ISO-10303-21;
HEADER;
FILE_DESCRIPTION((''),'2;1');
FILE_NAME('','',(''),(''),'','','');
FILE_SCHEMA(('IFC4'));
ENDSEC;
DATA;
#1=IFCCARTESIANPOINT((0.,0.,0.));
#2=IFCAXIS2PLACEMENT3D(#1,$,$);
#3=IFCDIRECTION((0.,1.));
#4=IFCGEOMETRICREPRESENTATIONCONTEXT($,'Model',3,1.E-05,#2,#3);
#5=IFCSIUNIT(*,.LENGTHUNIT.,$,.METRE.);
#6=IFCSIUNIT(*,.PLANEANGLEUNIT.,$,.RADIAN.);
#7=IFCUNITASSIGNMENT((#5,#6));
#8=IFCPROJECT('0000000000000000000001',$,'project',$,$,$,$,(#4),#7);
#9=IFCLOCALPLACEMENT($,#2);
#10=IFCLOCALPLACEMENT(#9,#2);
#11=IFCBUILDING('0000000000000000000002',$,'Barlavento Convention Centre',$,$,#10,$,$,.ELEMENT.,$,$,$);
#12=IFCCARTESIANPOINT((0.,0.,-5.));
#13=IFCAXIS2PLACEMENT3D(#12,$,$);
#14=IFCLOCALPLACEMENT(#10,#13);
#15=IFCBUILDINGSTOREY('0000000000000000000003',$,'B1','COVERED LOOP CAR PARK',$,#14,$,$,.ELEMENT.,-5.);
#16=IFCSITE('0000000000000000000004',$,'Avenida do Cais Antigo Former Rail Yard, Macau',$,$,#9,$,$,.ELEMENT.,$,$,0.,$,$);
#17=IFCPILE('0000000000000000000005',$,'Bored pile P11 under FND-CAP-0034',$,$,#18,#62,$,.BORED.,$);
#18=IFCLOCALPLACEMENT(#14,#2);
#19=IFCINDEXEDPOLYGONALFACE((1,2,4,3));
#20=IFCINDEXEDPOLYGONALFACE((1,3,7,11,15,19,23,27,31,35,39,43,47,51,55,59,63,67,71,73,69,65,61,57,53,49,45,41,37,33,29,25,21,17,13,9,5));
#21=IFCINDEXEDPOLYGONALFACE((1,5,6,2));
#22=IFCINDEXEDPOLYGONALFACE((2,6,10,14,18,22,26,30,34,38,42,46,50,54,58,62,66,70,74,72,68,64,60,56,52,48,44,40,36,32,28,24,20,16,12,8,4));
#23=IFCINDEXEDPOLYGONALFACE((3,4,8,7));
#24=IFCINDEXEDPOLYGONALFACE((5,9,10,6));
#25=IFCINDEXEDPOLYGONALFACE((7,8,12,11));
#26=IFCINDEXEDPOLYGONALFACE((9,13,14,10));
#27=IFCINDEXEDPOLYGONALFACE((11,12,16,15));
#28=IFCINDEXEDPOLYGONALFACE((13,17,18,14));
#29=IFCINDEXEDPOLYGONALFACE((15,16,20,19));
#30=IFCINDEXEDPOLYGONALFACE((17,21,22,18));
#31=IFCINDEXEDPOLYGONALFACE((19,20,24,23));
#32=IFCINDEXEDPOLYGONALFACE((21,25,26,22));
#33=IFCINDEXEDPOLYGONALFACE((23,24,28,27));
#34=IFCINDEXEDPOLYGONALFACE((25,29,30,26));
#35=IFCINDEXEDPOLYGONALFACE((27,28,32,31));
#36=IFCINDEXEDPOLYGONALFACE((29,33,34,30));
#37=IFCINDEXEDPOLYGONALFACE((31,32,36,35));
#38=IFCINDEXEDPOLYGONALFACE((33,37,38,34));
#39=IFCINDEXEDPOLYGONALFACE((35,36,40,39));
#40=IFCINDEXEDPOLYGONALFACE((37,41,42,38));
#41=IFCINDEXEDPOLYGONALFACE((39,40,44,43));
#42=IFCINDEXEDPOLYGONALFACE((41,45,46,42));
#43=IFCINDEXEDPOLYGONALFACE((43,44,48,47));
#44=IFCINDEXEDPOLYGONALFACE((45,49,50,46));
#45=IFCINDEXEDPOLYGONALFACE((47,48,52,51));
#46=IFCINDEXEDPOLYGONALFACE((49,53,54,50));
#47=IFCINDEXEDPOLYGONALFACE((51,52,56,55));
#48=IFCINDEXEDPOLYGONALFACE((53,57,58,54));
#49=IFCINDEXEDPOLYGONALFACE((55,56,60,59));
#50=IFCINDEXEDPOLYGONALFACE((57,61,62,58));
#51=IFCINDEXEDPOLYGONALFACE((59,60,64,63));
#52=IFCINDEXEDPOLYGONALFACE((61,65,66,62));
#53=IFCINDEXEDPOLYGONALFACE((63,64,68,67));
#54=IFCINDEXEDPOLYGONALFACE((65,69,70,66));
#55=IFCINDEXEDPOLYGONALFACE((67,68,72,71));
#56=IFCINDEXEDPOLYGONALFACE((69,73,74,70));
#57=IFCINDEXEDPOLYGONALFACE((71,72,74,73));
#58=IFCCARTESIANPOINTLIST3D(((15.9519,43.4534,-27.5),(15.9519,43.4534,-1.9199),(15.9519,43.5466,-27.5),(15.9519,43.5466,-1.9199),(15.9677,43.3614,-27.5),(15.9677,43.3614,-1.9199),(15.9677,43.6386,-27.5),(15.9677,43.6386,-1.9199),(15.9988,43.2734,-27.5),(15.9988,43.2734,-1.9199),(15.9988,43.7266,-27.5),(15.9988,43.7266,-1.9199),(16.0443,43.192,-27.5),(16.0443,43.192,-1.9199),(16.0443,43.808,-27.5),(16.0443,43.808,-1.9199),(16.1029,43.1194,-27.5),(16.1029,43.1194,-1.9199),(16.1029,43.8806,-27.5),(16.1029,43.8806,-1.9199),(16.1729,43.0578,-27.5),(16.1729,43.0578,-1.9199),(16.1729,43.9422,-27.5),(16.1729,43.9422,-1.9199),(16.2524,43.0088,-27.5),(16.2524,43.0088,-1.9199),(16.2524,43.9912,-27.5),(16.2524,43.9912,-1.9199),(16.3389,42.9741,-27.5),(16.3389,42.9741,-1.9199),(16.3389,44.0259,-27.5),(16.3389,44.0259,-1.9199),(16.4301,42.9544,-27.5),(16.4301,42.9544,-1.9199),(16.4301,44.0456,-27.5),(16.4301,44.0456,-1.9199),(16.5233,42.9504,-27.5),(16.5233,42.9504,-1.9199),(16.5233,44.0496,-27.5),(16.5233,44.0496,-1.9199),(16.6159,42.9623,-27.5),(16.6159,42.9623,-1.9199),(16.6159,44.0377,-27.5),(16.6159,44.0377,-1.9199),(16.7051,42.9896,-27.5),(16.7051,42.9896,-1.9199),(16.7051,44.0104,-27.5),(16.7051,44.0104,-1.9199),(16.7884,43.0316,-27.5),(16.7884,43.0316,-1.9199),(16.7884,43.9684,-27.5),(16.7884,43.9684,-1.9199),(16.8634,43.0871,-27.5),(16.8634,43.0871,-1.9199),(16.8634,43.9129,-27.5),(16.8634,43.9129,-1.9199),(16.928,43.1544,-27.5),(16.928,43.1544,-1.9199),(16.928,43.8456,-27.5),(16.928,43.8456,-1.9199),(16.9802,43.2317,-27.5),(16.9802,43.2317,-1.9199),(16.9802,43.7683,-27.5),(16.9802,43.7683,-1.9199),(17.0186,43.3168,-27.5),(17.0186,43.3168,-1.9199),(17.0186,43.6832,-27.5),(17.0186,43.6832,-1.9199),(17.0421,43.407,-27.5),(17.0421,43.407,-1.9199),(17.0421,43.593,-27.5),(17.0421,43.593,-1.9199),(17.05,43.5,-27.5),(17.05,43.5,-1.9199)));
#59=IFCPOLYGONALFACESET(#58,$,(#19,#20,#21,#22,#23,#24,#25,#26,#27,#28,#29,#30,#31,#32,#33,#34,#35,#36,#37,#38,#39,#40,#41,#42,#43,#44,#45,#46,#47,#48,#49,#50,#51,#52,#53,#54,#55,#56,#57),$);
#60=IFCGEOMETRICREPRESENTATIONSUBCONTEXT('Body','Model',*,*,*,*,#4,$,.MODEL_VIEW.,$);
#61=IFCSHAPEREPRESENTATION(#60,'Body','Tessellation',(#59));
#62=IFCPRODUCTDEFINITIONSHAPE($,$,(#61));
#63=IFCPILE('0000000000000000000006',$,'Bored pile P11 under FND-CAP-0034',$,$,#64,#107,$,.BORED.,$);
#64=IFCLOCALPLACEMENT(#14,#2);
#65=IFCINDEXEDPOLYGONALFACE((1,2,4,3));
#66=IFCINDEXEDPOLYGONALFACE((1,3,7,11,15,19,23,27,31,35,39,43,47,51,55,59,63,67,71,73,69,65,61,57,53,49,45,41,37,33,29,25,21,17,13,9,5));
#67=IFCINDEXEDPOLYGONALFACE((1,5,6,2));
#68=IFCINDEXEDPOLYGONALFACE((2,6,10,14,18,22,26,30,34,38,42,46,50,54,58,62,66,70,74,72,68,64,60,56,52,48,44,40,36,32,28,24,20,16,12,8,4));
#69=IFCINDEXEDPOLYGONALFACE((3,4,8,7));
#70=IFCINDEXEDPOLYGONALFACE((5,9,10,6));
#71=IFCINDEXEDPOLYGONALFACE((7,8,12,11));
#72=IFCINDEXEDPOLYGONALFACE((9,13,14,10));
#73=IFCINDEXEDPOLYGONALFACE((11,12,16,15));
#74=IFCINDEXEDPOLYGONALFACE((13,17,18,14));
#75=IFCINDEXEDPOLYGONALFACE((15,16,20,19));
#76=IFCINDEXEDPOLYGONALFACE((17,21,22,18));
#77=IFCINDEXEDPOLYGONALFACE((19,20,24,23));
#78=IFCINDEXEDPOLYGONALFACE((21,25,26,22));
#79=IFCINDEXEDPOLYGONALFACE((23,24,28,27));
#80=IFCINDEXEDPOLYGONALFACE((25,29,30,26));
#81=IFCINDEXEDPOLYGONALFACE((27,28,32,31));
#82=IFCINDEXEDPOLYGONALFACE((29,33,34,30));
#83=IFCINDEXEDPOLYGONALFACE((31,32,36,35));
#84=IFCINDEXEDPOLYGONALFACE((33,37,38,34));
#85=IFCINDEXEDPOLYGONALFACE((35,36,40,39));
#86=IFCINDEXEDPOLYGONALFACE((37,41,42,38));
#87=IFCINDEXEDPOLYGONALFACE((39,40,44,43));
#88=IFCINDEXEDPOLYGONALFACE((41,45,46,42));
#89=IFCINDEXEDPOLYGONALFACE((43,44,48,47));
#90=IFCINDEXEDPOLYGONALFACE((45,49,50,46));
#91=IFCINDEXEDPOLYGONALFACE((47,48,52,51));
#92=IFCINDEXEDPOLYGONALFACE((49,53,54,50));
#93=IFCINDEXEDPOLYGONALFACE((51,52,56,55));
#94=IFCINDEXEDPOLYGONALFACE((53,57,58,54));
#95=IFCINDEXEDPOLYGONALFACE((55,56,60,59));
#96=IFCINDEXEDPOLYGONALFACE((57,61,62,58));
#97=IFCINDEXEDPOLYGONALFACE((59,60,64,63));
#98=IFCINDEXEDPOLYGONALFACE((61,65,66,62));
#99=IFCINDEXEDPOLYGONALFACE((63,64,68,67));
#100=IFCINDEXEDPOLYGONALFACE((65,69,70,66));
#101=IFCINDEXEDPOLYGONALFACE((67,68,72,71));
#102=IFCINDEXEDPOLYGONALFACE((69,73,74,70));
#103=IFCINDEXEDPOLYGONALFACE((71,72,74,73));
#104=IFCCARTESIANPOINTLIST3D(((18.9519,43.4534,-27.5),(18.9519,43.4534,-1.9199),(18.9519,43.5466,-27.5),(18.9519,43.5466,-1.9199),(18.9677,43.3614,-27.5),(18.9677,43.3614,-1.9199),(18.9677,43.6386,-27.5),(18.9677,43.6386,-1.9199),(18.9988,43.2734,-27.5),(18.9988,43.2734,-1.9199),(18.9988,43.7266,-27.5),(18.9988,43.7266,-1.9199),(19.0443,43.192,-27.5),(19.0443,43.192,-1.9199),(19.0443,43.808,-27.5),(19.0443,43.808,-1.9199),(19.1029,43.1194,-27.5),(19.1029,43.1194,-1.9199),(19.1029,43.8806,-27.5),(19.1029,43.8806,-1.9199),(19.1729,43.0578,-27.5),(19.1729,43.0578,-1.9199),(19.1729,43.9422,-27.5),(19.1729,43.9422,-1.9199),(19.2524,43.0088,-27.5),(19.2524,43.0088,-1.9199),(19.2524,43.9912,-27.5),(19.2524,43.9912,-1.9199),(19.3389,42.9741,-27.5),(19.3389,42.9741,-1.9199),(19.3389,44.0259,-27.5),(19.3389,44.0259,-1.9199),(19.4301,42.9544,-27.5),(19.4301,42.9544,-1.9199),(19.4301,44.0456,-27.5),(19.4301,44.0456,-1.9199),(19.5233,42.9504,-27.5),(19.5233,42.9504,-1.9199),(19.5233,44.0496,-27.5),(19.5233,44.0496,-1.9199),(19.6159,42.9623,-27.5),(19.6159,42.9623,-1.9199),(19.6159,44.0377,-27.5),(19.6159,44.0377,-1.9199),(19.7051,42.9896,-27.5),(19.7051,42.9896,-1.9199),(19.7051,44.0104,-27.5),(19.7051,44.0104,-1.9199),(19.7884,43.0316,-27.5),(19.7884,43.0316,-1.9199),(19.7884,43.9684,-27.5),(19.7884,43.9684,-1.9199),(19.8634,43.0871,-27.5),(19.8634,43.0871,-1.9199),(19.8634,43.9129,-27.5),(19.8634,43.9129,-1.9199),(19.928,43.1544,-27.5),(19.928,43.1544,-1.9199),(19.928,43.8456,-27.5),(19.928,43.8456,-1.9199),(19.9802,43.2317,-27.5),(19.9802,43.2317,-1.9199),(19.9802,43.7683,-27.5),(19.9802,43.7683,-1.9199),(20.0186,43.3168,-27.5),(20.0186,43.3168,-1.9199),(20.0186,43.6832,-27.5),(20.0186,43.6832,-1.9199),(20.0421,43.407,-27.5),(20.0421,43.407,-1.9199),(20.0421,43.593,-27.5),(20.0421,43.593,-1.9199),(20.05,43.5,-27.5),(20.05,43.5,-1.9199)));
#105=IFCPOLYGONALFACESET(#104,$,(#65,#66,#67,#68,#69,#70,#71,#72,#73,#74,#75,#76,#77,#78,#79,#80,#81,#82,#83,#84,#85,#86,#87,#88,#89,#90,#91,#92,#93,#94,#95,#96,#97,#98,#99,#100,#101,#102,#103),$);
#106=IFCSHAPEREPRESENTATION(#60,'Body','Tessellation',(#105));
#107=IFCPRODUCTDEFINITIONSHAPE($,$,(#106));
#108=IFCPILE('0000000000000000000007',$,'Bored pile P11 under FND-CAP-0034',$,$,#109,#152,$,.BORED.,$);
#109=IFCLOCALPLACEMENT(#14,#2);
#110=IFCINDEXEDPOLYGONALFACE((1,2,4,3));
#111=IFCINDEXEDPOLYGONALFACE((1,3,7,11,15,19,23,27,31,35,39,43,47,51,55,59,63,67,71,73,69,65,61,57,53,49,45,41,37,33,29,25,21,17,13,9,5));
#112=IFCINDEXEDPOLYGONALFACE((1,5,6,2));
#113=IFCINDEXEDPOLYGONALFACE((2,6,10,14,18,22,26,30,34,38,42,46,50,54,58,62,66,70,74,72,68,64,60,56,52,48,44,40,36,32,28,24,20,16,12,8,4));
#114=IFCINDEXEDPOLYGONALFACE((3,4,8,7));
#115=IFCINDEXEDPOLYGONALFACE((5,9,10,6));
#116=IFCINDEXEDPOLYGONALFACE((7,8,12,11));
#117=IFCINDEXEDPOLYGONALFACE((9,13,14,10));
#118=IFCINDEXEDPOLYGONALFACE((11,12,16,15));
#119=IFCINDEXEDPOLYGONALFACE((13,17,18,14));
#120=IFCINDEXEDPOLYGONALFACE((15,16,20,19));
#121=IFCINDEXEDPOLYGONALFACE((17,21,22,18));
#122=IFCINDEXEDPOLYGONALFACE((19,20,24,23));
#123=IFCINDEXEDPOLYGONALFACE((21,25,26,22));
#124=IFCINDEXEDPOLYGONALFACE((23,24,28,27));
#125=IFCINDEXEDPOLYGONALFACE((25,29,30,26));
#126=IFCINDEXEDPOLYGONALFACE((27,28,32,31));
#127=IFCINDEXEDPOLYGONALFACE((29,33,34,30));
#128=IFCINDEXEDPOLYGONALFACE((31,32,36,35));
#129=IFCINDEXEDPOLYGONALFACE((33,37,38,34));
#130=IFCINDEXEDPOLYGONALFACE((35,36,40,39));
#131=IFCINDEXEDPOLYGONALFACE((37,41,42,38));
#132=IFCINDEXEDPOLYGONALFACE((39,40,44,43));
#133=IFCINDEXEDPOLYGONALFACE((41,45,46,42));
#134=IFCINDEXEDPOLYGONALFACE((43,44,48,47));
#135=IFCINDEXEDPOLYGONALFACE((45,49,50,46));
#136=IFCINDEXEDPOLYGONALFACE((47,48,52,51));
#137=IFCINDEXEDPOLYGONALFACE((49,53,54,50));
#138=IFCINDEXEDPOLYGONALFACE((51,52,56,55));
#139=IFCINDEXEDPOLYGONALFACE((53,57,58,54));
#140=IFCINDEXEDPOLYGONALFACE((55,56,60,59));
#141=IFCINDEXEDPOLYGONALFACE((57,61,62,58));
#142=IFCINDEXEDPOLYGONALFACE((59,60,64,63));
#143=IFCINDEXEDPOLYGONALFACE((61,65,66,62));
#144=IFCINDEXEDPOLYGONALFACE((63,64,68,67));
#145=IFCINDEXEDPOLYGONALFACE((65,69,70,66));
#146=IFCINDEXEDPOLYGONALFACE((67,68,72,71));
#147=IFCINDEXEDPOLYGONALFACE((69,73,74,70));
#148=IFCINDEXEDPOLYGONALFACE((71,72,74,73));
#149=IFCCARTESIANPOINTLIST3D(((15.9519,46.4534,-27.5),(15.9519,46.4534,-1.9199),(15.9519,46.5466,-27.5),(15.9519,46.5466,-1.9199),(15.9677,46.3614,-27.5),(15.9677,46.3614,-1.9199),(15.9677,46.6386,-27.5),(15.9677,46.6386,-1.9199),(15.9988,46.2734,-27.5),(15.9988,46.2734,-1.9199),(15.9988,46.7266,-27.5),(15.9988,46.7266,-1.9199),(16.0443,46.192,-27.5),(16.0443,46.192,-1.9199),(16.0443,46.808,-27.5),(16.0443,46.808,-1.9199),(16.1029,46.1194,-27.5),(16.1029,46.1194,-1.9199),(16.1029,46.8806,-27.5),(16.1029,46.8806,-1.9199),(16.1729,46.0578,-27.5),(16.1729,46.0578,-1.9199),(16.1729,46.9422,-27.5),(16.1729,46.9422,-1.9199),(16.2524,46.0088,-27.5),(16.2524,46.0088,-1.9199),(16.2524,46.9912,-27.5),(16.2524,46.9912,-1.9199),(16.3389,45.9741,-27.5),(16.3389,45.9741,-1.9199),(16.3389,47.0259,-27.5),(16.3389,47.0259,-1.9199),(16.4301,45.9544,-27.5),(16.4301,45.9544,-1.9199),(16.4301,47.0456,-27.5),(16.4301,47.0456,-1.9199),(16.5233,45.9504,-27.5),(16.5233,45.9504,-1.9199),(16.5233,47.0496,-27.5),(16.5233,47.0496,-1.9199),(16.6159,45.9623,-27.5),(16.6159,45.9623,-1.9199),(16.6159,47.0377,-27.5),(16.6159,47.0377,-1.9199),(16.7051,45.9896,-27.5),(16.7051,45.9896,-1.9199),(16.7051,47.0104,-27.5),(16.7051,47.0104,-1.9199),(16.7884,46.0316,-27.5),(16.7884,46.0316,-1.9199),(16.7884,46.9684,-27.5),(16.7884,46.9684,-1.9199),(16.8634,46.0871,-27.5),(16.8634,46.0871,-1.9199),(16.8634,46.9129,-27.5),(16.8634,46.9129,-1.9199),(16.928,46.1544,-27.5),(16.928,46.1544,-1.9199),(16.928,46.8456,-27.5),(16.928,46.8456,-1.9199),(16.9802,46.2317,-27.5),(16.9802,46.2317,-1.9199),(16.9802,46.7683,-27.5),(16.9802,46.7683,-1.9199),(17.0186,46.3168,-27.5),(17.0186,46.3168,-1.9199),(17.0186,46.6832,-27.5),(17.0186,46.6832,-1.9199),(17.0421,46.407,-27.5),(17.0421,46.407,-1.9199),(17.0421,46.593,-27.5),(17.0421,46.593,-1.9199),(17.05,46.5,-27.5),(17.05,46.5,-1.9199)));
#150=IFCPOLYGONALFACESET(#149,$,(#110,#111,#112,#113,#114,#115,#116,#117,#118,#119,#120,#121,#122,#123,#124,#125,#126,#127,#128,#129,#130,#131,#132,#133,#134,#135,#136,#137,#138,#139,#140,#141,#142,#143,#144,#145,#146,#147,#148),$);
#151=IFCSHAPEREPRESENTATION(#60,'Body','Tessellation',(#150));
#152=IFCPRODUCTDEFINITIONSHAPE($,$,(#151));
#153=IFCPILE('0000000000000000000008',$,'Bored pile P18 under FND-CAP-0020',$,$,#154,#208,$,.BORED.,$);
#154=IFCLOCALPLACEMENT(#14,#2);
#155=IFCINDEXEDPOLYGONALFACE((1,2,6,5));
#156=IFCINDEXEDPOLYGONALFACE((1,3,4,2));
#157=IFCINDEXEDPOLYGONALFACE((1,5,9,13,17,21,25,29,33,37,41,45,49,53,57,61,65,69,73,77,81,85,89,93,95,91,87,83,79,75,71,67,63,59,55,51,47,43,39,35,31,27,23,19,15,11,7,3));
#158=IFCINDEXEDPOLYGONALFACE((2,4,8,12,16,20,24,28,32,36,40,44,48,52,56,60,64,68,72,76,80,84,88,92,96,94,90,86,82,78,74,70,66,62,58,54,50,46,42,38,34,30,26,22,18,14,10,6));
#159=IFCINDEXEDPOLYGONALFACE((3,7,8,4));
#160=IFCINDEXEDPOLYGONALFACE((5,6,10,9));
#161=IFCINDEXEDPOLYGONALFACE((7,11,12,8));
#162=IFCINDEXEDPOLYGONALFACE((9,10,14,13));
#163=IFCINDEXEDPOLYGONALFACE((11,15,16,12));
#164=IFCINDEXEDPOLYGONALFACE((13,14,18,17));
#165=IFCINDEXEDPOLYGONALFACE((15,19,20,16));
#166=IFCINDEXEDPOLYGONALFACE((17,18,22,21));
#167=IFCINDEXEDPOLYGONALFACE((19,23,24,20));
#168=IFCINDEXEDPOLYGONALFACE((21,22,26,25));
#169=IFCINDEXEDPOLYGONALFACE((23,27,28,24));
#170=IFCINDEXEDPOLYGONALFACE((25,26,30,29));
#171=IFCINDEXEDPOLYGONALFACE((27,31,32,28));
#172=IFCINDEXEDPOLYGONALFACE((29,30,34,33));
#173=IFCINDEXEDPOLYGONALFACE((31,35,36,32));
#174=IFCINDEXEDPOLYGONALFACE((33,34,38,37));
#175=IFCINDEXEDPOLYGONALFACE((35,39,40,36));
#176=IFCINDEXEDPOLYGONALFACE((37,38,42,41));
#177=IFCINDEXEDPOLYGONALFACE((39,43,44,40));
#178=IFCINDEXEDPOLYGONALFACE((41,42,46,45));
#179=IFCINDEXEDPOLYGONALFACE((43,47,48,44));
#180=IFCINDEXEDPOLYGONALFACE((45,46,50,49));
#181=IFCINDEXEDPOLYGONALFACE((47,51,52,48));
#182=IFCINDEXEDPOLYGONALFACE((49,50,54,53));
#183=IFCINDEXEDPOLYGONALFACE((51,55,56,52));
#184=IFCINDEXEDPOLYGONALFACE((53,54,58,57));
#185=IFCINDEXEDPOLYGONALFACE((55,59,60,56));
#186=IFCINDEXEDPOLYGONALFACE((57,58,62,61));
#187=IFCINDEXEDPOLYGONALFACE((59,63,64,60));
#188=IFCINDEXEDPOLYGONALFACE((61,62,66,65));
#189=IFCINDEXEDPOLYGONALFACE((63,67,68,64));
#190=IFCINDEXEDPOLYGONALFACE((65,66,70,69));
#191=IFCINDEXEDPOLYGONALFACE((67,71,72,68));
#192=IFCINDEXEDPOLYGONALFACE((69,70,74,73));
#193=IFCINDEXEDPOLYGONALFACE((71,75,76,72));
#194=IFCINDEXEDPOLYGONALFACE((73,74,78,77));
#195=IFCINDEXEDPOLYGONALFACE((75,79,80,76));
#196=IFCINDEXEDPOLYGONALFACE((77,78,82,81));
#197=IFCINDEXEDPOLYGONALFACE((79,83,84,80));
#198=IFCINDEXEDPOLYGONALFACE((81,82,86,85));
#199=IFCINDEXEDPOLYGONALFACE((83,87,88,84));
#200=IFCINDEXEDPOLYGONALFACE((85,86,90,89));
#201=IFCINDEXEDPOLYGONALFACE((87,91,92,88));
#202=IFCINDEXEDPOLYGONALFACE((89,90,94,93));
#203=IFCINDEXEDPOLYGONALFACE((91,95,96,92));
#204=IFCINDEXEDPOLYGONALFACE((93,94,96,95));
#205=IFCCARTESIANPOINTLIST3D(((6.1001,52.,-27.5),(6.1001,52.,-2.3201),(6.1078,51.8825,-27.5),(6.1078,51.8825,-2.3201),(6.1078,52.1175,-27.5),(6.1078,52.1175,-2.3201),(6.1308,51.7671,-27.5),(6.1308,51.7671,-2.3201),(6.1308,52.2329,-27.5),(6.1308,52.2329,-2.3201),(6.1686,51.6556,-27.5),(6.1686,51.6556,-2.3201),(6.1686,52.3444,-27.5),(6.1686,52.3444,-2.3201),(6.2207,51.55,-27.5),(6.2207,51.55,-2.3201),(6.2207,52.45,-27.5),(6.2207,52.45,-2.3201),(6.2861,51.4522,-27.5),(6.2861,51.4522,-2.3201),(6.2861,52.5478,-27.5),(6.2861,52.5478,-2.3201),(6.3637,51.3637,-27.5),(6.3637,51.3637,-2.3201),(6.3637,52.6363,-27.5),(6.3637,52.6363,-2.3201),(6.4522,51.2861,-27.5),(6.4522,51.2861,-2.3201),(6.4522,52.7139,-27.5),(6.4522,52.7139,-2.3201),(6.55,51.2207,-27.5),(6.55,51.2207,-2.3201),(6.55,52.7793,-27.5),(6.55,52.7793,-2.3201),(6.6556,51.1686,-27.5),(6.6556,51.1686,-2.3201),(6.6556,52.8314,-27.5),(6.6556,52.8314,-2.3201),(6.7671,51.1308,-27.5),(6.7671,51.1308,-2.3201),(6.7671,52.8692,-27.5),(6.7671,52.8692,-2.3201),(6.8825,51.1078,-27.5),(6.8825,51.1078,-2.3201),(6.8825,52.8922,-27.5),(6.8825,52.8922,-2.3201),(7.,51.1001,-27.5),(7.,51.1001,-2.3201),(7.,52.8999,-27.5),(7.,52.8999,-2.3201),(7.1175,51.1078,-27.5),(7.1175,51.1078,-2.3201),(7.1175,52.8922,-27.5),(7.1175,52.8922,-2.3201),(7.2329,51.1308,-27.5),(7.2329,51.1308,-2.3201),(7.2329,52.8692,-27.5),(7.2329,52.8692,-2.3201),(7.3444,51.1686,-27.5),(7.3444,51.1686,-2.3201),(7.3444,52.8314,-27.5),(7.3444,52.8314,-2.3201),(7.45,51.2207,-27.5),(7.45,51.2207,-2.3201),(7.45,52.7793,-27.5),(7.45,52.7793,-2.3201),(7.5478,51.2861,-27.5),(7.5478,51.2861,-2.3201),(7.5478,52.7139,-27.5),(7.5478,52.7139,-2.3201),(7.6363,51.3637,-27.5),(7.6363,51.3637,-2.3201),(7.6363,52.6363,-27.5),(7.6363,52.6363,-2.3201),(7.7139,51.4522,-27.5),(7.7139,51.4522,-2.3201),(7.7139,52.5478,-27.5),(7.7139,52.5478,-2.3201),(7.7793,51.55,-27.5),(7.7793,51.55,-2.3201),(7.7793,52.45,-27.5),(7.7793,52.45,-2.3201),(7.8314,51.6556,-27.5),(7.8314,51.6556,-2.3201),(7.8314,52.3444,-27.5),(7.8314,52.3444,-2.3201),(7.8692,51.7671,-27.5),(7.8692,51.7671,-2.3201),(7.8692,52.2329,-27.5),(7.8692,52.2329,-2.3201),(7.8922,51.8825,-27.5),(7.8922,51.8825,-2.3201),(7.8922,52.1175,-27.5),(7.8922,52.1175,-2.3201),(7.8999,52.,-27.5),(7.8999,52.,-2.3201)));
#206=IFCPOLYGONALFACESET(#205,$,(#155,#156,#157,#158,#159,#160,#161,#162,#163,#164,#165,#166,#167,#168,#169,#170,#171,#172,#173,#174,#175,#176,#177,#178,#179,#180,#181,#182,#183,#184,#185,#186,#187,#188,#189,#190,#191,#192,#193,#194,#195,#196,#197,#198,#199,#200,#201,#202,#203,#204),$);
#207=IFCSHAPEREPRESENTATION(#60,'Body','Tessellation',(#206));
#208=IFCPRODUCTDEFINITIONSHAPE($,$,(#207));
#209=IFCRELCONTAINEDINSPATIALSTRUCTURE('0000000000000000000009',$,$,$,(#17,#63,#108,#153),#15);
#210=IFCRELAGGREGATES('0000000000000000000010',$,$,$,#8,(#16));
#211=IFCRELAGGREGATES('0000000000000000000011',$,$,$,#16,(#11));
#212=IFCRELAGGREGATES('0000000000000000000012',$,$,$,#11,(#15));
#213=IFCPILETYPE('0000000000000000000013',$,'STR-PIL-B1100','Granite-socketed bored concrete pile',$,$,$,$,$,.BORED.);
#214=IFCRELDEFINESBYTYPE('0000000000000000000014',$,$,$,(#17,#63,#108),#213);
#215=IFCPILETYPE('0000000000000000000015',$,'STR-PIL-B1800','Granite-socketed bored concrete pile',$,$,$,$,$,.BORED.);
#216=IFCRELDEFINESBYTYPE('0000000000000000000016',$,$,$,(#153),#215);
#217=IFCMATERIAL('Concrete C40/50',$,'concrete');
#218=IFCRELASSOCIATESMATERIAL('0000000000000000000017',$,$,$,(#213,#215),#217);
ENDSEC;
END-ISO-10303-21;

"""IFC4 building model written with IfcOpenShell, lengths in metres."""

from ifc_helpers import new_model, si_unit, direction, frame, origin, origin_2d, place, context, subcontext, project, spatial, circle, extrude, material, material_profile, profile_set, type_object, element, save


model = new_model("IFC4")

# Units and contexts
model_context = context("Model", 3, precision=1e-05, world=origin(), true_north=direction((0.0, 1.0)))
body_context = subcontext(model_context, "Body", "Model", "MODEL_VIEW")
ifc_project = project(units=[si_unit("LENGTHUNIT", "METRE"), si_unit("PLANEANGLEUNIT", "RADIAN")], contexts=[model_context])

# Site, building, storey
site_placement = place(None, origin())
site = spatial("IfcSite", under=ifc_project, at=site_placement, Name="Avenida do Cais Antigo Former Rail Yard, Macau", CompositionType="ELEMENT", RefElevation=0.0)
building_placement = place(site_placement, origin())
building = spatial("IfcBuilding", under=site, at=building_placement, Name="Barlavento Convention Centre", CompositionType="ELEMENT")
storey_placement = place(building_placement, frame((0.0, 0.0, -5.0)))
storey = spatial("IfcBuildingStorey", under=building, at=storey_placement, Name="B1", Description="COVERED LOOP CAR PARK", CompositionType="ELEMENT", Elevation=-5.0)

# Shared definitions
ifc_material_1 = material(Name="Concrete C40/50", Category="concrete")

# Piles
ifc_material_profile_1 = material_profile(ifc_material_1, circle(Radius=0.55, at=origin_2d()), Name="BORED PILE 1100")
ifc_profile_set_1 = profile_set([ifc_material_profile_1], Name="Concrete C40/50")
pile_type_1 = type_object("IfcPileType", Name="STR-PIL-B1100", Description="Granite-socketed bored concrete pile", PredefinedType="BORED", material=ifc_profile_set_1)
for number, where, z_axis, x_axis, name in (
    (1, (16.5, 43.5, -1.9199), (0.0, 0.0, -1.0), (1.0, 0.0, 0.0), "Bored pile P11 under FND-CAP-0034"),
    (2, (19.5, 43.5, -1.9199), (0.0, 0.0, -1.0), (1.0, 0.0, 0.0), "Bored pile P11 under FND-CAP-0034"),
    (3, (16.5, 46.5, -1.9199), (0.0, 0.0, -1.0), (1.0, 0.0, 0.0), "Bored pile P11 under FND-CAP-0034"),
):
    element("IfcPile", number, at=place(storey_placement, frame(where, z_axis=z_axis, x_axis=x_axis)), inside=storey, type_object=pile_type_1, Name=name, PredefinedType="BORED", context=body_context, shape_type="SweptSolid", body=[
        extrude(circle(Radius=0.55, at=origin_2d()), origin(), (0.0, 0.0, 1.0), 25.5801),
    ])
ifc_material_profile_2 = material_profile(ifc_material_1, circle(Radius=0.8999, at=origin_2d()), Name="BORED PILE 1800")
ifc_profile_set_2 = profile_set([ifc_material_profile_2], Name="Concrete C40/50")
pile_type_2 = type_object("IfcPileType", Name="STR-PIL-B1800", Description="Granite-socketed bored concrete pile", PredefinedType="BORED", material=ifc_profile_set_2)
for number, where, z_axis, x_axis, name in (
    (4, (7.0, 52.0, -2.3201), (0.0, 0.0, -1.0), (1.0, 0.0, 0.0), "Bored pile P18 under FND-CAP-0020"),
):
    element("IfcPile", number, at=place(storey_placement, frame(where, z_axis=z_axis, x_axis=x_axis)), inside=storey, type_object=pile_type_2, Name=name, PredefinedType="BORED", context=body_context, shape_type="SweptSolid", body=[
        extrude(circle(Radius=0.8999, at=origin_2d()), origin(), (0.0, 0.0, 1.0), 25.1799),
    ])

save(model, "model.ifc")
